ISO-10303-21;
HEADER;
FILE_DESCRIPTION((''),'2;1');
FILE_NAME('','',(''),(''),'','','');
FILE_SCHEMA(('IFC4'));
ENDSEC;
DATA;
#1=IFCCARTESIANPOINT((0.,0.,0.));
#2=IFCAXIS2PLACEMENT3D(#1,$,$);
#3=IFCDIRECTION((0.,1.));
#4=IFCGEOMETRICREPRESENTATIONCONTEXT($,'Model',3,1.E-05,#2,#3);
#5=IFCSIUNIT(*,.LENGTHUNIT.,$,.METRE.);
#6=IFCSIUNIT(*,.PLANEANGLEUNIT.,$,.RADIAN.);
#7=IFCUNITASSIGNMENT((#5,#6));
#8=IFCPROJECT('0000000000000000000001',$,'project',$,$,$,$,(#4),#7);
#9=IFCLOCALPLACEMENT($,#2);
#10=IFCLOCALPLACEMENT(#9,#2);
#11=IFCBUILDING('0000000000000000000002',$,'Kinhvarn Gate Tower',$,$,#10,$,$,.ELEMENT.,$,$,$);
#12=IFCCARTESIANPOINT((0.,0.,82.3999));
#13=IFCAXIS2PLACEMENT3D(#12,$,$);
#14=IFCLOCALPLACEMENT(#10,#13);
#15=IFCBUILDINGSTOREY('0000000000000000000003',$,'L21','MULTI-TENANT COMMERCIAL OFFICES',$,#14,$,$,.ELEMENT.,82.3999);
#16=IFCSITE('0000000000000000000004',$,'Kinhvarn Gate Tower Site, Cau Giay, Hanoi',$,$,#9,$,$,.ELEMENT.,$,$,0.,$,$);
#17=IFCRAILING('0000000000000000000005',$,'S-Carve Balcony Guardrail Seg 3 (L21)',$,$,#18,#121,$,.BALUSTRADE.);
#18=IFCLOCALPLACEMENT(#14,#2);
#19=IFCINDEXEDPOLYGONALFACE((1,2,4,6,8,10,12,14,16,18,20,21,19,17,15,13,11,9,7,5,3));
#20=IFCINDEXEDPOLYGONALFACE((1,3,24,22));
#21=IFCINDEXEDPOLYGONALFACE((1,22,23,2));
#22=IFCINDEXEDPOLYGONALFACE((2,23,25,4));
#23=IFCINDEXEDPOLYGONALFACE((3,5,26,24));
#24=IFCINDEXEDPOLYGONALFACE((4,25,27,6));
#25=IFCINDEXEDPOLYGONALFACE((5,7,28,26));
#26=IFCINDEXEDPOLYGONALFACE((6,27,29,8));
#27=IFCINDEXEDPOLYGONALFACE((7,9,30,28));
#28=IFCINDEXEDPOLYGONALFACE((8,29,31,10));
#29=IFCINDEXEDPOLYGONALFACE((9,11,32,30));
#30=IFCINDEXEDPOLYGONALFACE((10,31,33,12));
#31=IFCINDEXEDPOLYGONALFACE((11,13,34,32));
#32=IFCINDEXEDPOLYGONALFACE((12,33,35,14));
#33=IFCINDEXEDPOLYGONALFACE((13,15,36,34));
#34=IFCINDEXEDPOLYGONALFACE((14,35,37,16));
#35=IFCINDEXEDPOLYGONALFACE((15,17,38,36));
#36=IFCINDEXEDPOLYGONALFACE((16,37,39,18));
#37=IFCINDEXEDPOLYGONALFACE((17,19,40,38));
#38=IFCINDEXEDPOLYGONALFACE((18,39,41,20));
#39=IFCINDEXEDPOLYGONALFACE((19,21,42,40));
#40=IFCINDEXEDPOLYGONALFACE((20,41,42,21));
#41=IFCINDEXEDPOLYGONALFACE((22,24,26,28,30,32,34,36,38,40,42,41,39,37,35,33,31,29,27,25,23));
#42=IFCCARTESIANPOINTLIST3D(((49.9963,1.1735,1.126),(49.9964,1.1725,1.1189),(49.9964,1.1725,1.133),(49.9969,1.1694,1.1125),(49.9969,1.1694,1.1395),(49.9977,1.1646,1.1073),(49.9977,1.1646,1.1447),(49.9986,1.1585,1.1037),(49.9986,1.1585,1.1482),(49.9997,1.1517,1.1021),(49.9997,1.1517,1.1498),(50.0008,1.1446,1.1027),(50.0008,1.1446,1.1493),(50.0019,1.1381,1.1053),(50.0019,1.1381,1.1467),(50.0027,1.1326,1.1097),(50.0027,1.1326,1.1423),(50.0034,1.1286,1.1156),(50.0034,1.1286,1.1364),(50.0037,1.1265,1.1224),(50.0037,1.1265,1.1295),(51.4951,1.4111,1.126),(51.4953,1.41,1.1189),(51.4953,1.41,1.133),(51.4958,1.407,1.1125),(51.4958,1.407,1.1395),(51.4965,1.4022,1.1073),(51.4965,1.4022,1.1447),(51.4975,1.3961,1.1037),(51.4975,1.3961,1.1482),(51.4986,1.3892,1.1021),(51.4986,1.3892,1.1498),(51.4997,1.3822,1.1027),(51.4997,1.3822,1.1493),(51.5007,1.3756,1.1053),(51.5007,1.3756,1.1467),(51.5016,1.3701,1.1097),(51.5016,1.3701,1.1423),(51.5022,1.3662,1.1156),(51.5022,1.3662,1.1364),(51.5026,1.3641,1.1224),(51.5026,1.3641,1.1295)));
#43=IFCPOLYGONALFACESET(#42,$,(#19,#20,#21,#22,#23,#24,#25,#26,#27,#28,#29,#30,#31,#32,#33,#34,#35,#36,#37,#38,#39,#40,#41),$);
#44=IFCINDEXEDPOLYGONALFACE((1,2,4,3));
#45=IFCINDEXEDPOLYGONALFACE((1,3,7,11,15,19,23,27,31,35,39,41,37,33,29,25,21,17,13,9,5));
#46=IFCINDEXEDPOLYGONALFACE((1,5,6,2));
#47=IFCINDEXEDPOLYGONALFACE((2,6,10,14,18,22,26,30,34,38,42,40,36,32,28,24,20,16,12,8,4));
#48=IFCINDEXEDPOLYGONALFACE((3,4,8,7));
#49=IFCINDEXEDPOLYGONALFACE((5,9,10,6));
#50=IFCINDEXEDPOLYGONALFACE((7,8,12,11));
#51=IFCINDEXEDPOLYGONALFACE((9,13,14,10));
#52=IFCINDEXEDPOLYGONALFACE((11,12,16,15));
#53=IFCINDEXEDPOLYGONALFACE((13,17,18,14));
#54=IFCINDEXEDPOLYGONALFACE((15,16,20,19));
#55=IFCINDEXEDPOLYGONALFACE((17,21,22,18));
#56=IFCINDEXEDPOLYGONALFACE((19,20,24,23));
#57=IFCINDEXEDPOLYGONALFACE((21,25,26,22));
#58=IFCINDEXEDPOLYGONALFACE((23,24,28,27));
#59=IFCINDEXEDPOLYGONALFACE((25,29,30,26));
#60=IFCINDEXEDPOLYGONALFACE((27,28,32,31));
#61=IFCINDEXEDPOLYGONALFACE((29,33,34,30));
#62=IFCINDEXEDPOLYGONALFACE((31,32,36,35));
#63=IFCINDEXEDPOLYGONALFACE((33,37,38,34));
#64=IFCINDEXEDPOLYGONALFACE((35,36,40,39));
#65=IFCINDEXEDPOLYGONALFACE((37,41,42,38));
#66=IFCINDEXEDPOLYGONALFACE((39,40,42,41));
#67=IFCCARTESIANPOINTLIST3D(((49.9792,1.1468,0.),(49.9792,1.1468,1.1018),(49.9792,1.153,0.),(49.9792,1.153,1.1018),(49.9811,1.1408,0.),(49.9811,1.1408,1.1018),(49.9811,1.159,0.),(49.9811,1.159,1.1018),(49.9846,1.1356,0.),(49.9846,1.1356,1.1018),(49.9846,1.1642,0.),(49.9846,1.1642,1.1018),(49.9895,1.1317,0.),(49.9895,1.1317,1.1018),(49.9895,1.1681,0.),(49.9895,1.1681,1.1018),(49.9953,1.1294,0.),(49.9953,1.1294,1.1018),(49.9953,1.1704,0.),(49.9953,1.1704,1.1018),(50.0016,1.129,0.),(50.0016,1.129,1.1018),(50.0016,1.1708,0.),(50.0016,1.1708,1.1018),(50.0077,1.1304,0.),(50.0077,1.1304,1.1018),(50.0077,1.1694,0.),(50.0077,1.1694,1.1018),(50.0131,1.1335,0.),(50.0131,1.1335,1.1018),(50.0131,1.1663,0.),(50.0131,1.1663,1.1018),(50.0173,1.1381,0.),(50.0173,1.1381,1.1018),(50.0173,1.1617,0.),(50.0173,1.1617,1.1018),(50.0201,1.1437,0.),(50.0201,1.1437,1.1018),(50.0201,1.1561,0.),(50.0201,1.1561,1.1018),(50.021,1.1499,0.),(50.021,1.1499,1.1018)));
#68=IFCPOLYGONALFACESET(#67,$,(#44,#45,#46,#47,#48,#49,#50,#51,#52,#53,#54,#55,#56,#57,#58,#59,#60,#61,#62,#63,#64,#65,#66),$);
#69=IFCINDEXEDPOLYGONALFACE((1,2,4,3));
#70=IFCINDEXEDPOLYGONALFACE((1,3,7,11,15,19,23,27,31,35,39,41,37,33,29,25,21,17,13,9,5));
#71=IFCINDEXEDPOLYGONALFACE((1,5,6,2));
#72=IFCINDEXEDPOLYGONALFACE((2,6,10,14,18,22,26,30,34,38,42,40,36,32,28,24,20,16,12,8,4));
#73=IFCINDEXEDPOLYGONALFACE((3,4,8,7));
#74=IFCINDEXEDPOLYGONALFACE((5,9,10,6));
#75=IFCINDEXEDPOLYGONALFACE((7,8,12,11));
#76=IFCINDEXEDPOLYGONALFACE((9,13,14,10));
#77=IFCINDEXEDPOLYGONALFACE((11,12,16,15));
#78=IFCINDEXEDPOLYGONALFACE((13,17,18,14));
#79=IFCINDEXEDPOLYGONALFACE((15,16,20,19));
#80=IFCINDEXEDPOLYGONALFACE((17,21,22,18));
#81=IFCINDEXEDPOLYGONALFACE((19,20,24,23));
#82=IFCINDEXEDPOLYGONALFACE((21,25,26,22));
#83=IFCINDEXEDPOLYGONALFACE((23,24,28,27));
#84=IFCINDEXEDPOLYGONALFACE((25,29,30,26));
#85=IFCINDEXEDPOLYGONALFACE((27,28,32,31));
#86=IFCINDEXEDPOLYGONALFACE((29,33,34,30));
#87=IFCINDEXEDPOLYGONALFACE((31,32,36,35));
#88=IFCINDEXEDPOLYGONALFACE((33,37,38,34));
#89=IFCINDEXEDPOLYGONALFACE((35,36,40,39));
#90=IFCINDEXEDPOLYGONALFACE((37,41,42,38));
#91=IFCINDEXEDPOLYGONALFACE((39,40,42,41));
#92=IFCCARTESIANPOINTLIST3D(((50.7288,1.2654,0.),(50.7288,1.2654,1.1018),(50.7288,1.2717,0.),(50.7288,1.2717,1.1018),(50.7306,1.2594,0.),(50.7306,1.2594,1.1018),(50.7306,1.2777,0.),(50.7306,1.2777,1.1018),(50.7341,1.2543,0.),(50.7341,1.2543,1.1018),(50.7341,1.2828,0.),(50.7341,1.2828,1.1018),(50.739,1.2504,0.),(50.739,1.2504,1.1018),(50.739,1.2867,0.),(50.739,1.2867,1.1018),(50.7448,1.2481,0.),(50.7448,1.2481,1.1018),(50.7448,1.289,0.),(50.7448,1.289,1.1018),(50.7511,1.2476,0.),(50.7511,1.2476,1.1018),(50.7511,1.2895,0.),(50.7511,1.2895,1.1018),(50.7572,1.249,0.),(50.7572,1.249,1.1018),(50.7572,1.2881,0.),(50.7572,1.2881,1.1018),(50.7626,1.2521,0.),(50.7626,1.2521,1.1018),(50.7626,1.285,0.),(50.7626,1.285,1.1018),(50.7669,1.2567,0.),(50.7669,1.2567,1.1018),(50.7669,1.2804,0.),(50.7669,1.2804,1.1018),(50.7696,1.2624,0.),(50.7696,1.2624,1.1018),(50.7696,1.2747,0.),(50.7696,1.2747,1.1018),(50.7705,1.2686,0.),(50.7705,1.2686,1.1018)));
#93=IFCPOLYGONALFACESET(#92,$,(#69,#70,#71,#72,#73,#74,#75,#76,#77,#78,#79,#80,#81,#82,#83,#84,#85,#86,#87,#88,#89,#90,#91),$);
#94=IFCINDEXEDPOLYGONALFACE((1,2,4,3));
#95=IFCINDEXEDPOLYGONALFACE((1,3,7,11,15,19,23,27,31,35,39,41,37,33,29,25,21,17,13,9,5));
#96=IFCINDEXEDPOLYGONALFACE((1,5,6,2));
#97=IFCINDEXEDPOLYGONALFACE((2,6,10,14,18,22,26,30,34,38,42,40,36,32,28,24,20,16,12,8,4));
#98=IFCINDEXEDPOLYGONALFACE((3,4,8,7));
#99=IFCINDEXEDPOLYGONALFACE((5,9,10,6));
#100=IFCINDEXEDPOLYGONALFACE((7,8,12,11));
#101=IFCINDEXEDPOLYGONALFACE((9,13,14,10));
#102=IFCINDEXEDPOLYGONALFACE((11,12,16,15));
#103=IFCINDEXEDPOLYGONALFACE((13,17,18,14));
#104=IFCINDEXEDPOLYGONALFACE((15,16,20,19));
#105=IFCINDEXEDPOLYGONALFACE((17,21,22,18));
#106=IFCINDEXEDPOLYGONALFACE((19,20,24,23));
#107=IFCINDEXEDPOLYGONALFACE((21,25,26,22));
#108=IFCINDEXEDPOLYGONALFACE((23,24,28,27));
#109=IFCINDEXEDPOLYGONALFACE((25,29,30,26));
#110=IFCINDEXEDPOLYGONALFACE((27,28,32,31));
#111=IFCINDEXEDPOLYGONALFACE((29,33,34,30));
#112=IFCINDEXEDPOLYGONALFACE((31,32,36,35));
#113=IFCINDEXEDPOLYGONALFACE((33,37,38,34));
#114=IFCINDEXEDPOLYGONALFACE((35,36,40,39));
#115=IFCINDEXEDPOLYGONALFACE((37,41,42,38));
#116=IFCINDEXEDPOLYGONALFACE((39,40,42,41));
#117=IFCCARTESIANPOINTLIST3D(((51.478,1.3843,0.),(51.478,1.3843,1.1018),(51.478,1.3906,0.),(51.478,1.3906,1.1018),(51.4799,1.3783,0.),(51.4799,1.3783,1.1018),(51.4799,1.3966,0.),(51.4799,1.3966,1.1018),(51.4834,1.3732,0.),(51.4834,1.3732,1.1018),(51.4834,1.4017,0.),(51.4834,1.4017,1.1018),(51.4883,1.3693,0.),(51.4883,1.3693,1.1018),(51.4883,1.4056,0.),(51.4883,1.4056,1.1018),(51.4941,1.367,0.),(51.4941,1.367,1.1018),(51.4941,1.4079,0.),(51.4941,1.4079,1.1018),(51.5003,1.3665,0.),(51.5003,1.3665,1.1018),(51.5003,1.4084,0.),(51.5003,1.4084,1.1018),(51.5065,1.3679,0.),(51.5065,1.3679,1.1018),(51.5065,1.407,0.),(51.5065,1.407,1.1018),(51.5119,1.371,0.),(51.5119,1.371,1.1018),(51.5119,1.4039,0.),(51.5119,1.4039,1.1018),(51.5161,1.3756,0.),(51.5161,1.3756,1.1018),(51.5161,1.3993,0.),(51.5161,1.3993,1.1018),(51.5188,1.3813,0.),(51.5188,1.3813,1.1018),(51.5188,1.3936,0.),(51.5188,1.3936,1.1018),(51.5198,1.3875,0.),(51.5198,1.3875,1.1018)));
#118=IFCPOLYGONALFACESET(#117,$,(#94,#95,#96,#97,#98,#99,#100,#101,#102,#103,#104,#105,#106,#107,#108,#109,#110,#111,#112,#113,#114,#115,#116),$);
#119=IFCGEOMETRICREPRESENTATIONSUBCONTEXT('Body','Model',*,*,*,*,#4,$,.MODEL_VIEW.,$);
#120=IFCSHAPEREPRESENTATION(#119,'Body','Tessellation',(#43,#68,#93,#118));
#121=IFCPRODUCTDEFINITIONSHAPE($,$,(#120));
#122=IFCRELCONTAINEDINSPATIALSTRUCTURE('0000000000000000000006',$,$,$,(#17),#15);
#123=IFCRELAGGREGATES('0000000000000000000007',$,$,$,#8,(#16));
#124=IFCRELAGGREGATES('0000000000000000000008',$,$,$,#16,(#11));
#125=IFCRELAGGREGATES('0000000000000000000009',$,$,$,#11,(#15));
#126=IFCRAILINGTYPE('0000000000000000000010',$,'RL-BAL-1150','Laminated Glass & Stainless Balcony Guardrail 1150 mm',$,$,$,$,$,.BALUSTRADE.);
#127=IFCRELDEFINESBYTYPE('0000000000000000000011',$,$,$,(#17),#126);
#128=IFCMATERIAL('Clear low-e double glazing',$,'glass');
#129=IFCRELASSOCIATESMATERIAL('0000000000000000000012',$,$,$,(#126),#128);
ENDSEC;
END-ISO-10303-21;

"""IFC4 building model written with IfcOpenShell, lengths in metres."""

from ifc_helpers import new_model, si_unit, direction, frame, origin, origin_2d, place, context, subcontext, project, spatial, circle, extrude, material, type_object, element, save


model = new_model("IFC4")

# Units and contexts
model_context = context("Model", 3, precision=1e-05, world=origin(), true_north=direction((0.0, 1.0)))
body_context = subcontext(model_context, "Body", "Model", "MODEL_VIEW")
ifc_project = project(units=[si_unit("LENGTHUNIT", "METRE"), si_unit("PLANEANGLEUNIT", "RADIAN")], contexts=[model_context])

# Site, building, storey
site_placement = place(None, origin())
site = spatial("IfcSite", under=ifc_project, at=site_placement, Name="Kinhvarn Gate Tower Site, Cau Giay, Hanoi", CompositionType="ELEMENT", RefElevation=0.0)
building_placement = place(site_placement, origin())
building = spatial("IfcBuilding", under=site, at=building_placement, Name="Kinhvarn Gate Tower", CompositionType="ELEMENT")
storey_placement = place(building_placement, frame((0.0, 0.0, 82.3999)))
storey = spatial("IfcBuildingStorey", under=building, at=storey_placement, Name="L21", Description="MULTI-TENANT COMMERCIAL OFFICES", CompositionType="ELEMENT", Elevation=82.3999)

# Shared definitions
ifc_material_1 = material(Name="Clear low-e double glazing", Category="glass")

# Railing
railing_type = type_object("IfcRailingType", Name="RL-BAL-1150", Description="Laminated Glass & Stainless Balcony Guardrail 1150 mm", PredefinedType="BALUSTRADE", material=ifc_material_1)
railing_1_placement = place(storey_placement, frame((50.0, 1.1499, 0.0)))
element("IfcRailing", 1, at=railing_1_placement, inside=storey, type_object=railing_type, Name="S-Carve Balcony Guardrail Seg 3 (L21)", PredefinedType="BALUSTRADE", context=body_context, shape_type="SweptSolid", body=[
    extrude(circle(Radius=0.0239, at=origin_2d()), frame((0.0, 0.0, 1.126), z_axis=(0.987671, 0.156541, 0.0), x_axis=(-0.156541, 0.987671, 0.0)), (0.0, 0.0, 1.0), 1.5176),
    extrude(circle(Radius=0.021, at=origin_2d()), origin(), (0.0, 0.0, 1.0), 1.1018),
    extrude(circle(Radius=0.021, at=origin_2d()), frame((0.7495, 0.1187, 0.0)), (0.0, 0.0, 1.0), 1.1018),
    extrude(circle(Radius=0.021, at=origin_2d()), frame((1.4988, 0.2375, 0.0)), (0.0, 0.0, 1.0), 1.1018),
])

save(model, "model.ifc")
